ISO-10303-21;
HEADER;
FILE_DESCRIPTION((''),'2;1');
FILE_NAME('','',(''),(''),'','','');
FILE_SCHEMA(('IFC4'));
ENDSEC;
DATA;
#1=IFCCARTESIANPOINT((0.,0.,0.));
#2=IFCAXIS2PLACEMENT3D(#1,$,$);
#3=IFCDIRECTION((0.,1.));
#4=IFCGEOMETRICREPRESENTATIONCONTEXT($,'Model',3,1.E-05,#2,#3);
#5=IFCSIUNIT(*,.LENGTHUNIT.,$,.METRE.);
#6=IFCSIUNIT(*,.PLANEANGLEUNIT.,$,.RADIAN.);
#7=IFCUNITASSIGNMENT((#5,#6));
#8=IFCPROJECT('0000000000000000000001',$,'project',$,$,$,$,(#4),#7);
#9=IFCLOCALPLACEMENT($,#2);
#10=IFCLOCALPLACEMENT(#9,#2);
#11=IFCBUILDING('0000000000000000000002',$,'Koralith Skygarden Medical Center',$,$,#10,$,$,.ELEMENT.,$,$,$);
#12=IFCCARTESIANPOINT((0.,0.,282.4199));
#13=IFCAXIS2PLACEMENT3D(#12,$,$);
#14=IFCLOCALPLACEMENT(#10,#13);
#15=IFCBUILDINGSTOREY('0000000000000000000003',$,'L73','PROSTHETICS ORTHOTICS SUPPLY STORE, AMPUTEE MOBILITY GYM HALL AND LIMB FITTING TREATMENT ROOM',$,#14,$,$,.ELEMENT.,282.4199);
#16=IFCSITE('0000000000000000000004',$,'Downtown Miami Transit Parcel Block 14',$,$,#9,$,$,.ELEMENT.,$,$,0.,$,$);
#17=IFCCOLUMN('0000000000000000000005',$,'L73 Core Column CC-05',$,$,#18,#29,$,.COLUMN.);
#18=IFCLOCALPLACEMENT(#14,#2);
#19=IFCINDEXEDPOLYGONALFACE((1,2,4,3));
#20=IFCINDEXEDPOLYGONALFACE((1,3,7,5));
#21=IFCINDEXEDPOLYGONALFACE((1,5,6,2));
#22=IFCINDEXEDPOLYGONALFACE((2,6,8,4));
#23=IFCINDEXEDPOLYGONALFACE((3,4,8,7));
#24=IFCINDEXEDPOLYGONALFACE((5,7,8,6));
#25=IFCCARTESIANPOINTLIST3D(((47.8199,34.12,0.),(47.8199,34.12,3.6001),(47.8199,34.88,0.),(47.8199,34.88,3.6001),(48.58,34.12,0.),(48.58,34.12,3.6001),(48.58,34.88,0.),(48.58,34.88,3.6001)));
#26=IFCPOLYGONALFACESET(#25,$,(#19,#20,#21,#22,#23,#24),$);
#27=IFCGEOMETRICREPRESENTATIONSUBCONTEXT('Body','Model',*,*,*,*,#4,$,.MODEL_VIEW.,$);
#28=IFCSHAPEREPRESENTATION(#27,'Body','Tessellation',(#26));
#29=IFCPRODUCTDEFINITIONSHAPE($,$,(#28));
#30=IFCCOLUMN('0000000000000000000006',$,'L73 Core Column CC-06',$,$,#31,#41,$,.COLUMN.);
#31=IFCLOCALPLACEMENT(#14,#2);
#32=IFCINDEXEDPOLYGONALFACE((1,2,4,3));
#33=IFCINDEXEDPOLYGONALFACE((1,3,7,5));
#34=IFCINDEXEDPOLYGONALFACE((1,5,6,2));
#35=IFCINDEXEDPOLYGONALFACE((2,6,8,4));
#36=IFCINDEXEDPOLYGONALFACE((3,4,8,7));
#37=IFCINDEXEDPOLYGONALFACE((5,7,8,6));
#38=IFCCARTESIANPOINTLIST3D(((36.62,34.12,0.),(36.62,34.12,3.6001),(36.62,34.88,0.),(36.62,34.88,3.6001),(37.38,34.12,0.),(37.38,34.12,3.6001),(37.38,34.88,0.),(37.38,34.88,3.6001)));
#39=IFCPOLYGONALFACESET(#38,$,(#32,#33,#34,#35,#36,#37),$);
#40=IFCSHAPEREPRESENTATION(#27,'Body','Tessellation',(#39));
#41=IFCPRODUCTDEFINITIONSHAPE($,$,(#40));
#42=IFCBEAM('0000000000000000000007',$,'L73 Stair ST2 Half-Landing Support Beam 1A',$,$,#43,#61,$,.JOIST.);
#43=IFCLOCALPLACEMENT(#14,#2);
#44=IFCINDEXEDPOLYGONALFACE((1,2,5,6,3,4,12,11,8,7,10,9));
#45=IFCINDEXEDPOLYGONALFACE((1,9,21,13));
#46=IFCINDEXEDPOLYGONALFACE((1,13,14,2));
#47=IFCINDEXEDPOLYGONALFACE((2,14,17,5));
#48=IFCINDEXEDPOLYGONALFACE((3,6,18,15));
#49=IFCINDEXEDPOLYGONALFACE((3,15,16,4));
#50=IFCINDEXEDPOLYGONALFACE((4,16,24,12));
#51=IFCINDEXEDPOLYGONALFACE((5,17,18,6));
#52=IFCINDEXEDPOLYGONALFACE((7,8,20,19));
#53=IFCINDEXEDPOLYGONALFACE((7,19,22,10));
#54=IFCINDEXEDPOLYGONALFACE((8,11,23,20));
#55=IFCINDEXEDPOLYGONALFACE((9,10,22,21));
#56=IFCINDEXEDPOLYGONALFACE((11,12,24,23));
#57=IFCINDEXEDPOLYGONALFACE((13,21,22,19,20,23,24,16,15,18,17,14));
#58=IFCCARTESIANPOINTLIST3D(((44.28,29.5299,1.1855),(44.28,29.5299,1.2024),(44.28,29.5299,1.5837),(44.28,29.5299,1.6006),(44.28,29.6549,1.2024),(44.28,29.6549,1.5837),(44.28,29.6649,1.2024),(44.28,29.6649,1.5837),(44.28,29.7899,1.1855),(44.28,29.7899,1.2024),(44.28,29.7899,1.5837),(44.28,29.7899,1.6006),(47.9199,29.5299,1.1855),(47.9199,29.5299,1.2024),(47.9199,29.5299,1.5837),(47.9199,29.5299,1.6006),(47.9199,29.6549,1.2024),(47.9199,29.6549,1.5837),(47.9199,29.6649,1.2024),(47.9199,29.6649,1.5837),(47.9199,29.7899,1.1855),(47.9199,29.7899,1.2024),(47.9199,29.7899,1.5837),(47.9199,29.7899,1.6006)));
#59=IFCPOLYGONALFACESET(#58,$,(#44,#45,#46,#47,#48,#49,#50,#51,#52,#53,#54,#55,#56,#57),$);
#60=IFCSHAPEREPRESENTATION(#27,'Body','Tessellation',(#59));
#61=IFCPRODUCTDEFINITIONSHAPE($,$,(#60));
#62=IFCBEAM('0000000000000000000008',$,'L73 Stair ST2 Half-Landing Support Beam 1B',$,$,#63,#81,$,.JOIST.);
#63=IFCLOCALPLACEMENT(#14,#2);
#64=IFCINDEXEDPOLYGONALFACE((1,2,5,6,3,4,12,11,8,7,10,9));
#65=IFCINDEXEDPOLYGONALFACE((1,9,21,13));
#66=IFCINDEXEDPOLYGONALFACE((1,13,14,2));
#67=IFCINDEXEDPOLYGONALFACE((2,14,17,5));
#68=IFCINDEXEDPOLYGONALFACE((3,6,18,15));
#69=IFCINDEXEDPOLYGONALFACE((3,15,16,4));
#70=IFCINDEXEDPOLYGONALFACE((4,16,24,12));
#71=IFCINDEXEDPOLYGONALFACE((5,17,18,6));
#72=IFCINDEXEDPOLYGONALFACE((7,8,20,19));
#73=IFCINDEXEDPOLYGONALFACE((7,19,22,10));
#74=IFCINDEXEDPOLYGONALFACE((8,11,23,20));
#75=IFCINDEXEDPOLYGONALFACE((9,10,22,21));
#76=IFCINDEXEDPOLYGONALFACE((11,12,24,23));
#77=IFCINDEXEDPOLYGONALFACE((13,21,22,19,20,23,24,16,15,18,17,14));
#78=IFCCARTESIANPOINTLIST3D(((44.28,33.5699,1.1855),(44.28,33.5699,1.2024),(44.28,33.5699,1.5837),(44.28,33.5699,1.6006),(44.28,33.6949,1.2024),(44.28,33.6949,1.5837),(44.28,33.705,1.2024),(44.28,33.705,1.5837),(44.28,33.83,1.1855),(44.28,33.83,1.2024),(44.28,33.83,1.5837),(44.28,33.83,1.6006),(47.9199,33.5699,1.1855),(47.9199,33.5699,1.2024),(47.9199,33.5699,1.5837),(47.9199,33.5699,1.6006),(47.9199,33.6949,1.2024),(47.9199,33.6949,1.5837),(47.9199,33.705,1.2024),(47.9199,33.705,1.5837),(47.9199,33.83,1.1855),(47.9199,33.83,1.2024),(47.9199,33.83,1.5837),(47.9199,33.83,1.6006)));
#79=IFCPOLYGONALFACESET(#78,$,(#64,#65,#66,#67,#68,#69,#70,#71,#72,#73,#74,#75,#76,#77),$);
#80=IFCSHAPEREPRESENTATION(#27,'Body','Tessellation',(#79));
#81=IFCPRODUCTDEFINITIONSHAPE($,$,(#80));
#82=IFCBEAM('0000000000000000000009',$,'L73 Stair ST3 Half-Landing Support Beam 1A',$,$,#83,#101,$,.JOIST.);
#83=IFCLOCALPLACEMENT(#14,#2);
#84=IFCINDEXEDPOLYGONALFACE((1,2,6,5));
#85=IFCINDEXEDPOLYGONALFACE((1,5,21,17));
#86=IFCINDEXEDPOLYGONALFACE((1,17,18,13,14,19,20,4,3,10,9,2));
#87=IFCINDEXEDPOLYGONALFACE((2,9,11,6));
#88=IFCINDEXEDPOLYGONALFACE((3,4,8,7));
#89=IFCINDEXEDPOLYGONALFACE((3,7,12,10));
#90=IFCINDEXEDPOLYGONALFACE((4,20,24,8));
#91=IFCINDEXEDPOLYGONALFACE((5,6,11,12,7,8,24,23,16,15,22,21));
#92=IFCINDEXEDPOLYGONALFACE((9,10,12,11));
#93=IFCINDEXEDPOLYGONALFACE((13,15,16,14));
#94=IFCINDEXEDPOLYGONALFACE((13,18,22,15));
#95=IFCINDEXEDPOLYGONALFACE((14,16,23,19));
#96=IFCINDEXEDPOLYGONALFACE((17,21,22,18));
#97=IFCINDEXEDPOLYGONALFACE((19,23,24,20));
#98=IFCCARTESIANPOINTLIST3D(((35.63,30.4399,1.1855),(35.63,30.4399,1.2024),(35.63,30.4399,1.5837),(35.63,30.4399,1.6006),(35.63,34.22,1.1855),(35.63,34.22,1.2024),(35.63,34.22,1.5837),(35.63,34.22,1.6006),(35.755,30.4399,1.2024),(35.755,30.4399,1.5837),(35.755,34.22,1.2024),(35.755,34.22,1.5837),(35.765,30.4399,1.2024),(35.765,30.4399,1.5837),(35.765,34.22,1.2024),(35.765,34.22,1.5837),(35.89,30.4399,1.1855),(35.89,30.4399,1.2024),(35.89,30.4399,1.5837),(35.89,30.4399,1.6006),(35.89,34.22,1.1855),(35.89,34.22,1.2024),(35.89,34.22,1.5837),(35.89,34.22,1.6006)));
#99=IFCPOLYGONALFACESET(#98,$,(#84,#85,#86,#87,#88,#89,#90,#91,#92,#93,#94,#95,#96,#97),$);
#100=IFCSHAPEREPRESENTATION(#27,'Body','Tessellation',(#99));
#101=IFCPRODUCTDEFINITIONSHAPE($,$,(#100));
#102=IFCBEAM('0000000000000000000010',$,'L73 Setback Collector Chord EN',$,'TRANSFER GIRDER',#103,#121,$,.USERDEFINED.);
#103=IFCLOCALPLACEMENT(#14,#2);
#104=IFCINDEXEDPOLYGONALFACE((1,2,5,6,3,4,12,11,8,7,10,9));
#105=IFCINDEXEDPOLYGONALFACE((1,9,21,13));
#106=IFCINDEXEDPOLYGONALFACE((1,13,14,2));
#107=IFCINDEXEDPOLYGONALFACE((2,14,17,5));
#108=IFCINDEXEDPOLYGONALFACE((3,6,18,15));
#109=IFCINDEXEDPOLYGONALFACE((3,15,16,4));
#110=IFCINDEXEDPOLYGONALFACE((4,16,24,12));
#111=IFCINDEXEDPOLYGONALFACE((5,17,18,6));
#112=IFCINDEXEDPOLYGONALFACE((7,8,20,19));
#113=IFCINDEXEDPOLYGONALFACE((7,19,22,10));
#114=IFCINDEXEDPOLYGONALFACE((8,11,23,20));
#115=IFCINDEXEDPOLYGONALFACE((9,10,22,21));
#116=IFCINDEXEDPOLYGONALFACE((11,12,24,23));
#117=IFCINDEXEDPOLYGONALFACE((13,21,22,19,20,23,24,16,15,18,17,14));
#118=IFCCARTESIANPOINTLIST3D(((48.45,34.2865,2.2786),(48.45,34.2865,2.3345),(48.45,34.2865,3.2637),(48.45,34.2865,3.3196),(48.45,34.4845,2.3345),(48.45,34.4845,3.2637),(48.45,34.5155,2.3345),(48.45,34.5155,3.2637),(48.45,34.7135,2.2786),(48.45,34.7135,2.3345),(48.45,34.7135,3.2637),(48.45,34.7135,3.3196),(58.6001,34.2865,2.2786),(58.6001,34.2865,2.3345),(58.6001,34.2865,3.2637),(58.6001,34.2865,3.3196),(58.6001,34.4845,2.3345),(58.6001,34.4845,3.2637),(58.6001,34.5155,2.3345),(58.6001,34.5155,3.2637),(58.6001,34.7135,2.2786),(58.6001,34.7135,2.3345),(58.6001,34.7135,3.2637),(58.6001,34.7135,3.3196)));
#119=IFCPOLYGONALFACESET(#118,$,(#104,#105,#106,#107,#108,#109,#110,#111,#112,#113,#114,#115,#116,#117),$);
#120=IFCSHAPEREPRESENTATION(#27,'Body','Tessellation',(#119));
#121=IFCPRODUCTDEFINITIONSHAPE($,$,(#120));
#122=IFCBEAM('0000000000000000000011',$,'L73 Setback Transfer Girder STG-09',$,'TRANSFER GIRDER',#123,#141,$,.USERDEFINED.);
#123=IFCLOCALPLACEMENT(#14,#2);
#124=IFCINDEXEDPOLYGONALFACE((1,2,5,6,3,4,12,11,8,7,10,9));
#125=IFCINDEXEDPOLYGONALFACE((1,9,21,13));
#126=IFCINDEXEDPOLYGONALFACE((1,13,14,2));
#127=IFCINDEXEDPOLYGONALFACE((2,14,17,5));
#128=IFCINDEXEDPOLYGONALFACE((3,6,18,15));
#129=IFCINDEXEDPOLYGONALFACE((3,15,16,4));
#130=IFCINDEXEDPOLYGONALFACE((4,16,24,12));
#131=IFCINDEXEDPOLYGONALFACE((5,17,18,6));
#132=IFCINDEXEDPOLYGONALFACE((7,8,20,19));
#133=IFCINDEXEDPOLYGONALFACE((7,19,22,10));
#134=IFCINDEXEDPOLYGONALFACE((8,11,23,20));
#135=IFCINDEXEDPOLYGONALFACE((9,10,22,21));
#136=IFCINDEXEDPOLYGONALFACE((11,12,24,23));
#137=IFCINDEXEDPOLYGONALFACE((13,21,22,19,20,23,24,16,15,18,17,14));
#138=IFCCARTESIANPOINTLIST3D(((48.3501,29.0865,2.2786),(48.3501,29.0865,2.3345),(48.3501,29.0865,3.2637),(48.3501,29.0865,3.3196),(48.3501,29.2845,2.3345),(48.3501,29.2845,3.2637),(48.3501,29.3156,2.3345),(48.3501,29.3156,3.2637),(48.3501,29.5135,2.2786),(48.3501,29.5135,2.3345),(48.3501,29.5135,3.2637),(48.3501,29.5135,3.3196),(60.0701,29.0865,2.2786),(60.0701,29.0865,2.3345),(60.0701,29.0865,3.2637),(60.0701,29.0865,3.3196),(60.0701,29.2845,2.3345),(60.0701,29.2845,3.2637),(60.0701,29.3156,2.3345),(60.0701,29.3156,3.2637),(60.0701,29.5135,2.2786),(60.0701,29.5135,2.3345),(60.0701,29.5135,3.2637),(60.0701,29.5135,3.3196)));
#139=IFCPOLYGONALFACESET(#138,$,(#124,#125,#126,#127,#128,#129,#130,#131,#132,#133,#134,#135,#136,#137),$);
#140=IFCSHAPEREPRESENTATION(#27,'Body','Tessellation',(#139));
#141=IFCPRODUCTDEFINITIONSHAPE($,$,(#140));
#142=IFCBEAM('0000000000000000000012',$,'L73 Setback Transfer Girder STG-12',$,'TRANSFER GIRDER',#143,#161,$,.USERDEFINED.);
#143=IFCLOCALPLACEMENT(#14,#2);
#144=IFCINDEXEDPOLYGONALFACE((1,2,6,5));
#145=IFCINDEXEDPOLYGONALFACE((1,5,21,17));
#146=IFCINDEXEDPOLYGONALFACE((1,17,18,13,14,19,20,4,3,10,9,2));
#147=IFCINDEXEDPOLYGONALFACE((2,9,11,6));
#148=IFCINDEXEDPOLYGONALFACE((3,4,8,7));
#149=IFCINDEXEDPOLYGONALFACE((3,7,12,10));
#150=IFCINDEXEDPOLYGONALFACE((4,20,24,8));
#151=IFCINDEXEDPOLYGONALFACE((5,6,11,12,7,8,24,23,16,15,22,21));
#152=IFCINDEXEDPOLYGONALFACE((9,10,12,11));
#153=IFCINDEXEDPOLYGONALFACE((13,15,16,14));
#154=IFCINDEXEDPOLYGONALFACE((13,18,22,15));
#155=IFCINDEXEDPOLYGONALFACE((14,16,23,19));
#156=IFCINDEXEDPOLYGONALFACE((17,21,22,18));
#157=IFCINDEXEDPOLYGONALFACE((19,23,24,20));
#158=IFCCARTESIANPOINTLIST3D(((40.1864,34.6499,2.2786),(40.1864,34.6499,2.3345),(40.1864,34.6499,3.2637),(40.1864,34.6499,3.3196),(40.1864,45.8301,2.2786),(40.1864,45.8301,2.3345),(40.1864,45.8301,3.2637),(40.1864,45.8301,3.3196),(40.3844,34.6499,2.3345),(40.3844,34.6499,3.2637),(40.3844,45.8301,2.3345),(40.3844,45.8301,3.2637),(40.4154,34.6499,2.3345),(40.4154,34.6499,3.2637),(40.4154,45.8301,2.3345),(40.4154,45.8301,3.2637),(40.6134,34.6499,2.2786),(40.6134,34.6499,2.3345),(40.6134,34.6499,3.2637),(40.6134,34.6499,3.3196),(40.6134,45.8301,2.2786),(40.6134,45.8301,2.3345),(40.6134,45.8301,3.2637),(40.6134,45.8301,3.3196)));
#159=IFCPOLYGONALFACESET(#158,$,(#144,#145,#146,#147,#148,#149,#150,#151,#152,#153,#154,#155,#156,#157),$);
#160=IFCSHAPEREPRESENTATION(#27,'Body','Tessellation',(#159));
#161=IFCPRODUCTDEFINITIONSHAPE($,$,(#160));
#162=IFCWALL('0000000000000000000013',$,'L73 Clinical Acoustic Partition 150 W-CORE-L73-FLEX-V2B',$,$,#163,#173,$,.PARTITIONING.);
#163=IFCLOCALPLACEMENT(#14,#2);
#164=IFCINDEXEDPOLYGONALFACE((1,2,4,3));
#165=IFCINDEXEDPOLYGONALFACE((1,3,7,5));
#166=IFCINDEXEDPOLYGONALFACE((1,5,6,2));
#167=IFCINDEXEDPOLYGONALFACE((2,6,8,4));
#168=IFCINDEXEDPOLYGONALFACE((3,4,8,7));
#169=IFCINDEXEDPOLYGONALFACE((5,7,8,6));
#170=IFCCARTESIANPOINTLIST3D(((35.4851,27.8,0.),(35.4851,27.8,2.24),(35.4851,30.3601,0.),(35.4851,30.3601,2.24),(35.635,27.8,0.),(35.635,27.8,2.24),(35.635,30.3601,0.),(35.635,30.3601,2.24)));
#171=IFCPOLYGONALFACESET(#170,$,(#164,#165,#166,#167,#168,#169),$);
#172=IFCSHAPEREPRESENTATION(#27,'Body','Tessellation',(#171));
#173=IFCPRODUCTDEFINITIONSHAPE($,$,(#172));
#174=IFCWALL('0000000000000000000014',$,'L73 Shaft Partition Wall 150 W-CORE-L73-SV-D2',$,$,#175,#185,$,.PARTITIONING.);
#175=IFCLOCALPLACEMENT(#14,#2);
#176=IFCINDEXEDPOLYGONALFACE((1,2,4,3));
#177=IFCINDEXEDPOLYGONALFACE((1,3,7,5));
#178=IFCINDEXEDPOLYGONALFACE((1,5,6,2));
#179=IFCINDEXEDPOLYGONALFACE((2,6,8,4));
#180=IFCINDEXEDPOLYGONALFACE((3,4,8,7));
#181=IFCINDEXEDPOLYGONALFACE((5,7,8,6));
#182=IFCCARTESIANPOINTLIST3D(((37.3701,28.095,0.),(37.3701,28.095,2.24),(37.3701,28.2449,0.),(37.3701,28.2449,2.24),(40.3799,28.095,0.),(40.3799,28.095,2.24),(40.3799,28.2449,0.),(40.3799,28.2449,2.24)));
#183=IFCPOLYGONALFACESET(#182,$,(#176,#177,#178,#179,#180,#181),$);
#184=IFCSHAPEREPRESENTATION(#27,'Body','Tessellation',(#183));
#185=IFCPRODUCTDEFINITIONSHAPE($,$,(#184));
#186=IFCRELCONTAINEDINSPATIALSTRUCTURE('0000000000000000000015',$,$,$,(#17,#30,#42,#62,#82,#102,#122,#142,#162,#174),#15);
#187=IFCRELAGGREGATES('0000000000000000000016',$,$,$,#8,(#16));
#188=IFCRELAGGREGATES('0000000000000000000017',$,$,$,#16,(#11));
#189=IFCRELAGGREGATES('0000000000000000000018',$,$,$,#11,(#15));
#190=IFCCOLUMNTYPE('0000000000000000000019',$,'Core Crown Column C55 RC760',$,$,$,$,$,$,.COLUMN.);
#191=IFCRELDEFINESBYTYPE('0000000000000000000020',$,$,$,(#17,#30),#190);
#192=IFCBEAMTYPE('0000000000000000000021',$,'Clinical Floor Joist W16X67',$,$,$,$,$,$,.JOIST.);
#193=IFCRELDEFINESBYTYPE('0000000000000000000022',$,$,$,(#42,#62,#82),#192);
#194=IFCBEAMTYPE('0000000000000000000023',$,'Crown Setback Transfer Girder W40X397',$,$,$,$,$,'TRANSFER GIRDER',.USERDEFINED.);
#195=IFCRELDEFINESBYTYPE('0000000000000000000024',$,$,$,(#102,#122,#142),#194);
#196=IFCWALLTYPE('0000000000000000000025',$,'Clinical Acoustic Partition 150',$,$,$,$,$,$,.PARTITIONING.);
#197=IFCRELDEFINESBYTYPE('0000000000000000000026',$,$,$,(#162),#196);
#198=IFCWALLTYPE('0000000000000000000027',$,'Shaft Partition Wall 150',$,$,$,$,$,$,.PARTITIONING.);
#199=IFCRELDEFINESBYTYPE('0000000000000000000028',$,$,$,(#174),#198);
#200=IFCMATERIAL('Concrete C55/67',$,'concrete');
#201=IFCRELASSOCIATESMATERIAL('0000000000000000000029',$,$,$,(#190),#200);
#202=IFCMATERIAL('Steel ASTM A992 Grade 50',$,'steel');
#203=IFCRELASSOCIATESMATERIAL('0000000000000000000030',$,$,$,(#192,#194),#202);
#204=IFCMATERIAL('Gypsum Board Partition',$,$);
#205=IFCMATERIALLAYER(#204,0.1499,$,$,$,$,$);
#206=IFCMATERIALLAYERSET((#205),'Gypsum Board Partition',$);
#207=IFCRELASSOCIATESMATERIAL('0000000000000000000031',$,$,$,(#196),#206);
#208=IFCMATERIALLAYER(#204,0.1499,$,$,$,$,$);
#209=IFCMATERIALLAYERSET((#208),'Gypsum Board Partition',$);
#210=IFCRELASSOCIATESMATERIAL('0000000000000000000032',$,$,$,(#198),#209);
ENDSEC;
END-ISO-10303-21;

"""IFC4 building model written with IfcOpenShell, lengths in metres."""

from ifc_helpers import new_model, si_unit, direction, frame, frame_2d, origin, origin_2d, place, context, subcontext, project, spatial, rectangle, i_section, extrude, material, layer, layer_set, material_profile, profile_set, type_object, element, save


model = new_model("IFC4")

# Units and contexts
model_context = context("Model", 3, precision=1e-05, world=origin(), true_north=direction((0.0, 1.0)))
body_context = subcontext(model_context, "Body", "Model", "MODEL_VIEW")
ifc_project = project(units=[si_unit("LENGTHUNIT", "METRE"), si_unit("PLANEANGLEUNIT", "RADIAN")], contexts=[model_context])

# Site, building, storey
site_placement = place(None, origin())
site = spatial("IfcSite", under=ifc_project, at=site_placement, Name="Downtown Miami Transit Parcel Block 14", CompositionType="ELEMENT", RefElevation=0.0)
building_placement = place(site_placement, origin())
building = spatial("IfcBuilding", under=site, at=building_placement, Name="Koralith Skygarden Medical Center", CompositionType="ELEMENT")
storey_placement = place(building_placement, frame((0.0, 0.0, 282.4199)))
storey = spatial("IfcBuildingStorey", under=building, at=storey_placement, Name="L73", Description="PROSTHETICS ORTHOTICS SUPPLY STORE, AMPUTEE MOBILITY GYM HALL AND LIMB FITTING TREATMENT ROOM", CompositionType="ELEMENT", Elevation=282.4199)

# Columns
ifc_material_1 = material(Name="Concrete C55/67", Category="concrete")
ifc_material_profile_1 = material_profile(ifc_material_1, rectangle(XDim=0.76, YDim=0.76, at=origin_2d()), Name="RC760X760")
ifc_profile_set_1 = profile_set([ifc_material_profile_1], Name="Concrete C55/67")
column_type = type_object("IfcColumnType", Name="Core Crown Column C55 RC760", PredefinedType="COLUMN", material=ifc_profile_set_1)
for number, where, z_axis, x_axis, name in (
    (1, (48.2, 34.5, 0.0), (0.0, 0.0, 1.0), (1.0, 0.0, 0.0), "L73 Core Column CC-05"),
    (2, (37.0, 34.5, 0.0), (0.0, 0.0, 1.0), (1.0, 0.0, 0.0), "L73 Core Column CC-06"),
):
    element("IfcColumn", number, at=place(storey_placement, frame(where, z_axis=z_axis, x_axis=x_axis)), inside=storey, type_object=column_type, Name=name, PredefinedType="COLUMN", context=body_context, shape_type="SweptSolid", body=[
        extrude(rectangle(XDim=0.76, YDim=0.76, at=origin_2d()), origin(), (0.0, 0.0, 1.0), 3.6001),
    ])

# Beams
ifc_material_2 = material(Name="Steel ASTM A992 Grade 50", Category="steel")
ifc_material_profile_2 = material_profile(ifc_material_2, i_section(OverallWidth=0.26, OverallDepth=0.415, WebThickness=0.01, FlangeThickness=0.0168, at=origin_2d()), Name="W16X67")
ifc_profile_set_2 = profile_set([ifc_material_profile_2], Name="Steel ASTM A992 Grade 50")
beam_type_1 = type_object("IfcBeamType", Name="Clinical Floor Joist W16X67", PredefinedType="JOIST", material=ifc_profile_set_2)
for number, where, z_axis, x_axis, name in (
    (3, (44.28, 29.6599, 1.3931), (1.0, 0.0, 0.0), (0.0, 1.0, 0.0), "L73 Stair ST2 Half-Landing Support Beam 1A"),
    (4, (44.28, 33.7, 1.3931), (1.0, 0.0, 0.0), (0.0, 1.0, 0.0), "L73 Stair ST2 Half-Landing Support Beam 1B"),
):
    element("IfcBeam", number, at=place(storey_placement, frame(where, z_axis=z_axis, x_axis=x_axis)), inside=storey, type_object=beam_type_1, Name=name, PredefinedType="JOIST", context=body_context, shape_type="SweptSolid", body=[
        extrude(i_section(OverallWidth=0.26, OverallDepth=0.415, WebThickness=0.01, FlangeThickness=0.0168, at=origin_2d()), origin(), (0.0, 0.0, 1.0), 3.6399),
    ])
beam_1_placement = place(storey_placement, frame((35.76, 30.4399, 1.3931), z_axis=(0.0, 1.0, 0.0), x_axis=(-1.0, 0.0, 0.0)))
element("IfcBeam", 5, at=beam_1_placement, inside=storey, type_object=beam_type_1, Name="L73 Stair ST3 Half-Landing Support Beam 1A", PredefinedType="JOIST", context=body_context, shape_type="SweptSolid", body=[
    extrude(i_section(OverallWidth=0.26, OverallDepth=0.415, WebThickness=0.01, FlangeThickness=0.0168, at=origin_2d()), origin(), (0.0, 0.0, 1.0), 3.78),
])
ifc_material_profile_3 = material_profile(ifc_material_2, i_section(OverallWidth=0.427, OverallDepth=1.041, WebThickness=0.031, FlangeThickness=0.0559, at=origin_2d()), Name="W40X397")
ifc_profile_set_3 = profile_set([ifc_material_profile_3], Name="Steel ASTM A992 Grade 50")
beam_type_2 = type_object("IfcBeamType", Name="Crown Setback Transfer Girder W40X397", ElementType="TRANSFER GIRDER", PredefinedType="USERDEFINED", material=ifc_profile_set_3)
beam_2_placement = place(storey_placement, frame((48.45, 34.5, 2.7991), z_axis=(1.0, 0.0, 0.0), x_axis=(0.0, 1.0, 0.0)))
element("IfcBeam", 6, at=beam_2_placement, inside=storey, type_object=beam_type_2, Name="L73 Setback Collector Chord EN", ObjectType="TRANSFER GIRDER", PredefinedType="USERDEFINED", context=body_context, shape_type="SweptSolid", body=[
    extrude(i_section(OverallWidth=0.427, OverallDepth=1.041, WebThickness=0.031, FlangeThickness=0.0559, at=origin_2d()), origin(), (0.0, 0.0, 1.0), 10.1501),
])
beam_3_placement = place(storey_placement, frame((48.3501, 29.3, 2.7991), z_axis=(1.0, 0.0, 0.0), x_axis=(0.0, 1.0, 0.0)))
element("IfcBeam", 7, at=beam_3_placement, inside=storey, type_object=beam_type_2, Name="L73 Setback Transfer Girder STG-09", ObjectType="TRANSFER GIRDER", PredefinedType="USERDEFINED", context=body_context, shape_type="SweptSolid", body=[
    extrude(i_section(OverallWidth=0.427, OverallDepth=1.041, WebThickness=0.031, FlangeThickness=0.0559, at=origin_2d()), origin(), (0.0, 0.0, 1.0), 11.72),
])
beam_4_placement = place(storey_placement, frame((40.3999, 34.6499, 2.7991), z_axis=(0.0, 1.0, 0.0), x_axis=(-1.0, 0.0, 0.0)))
element("IfcBeam", 8, at=beam_4_placement, inside=storey, type_object=beam_type_2, Name="L73 Setback Transfer Girder STG-12", ObjectType="TRANSFER GIRDER", PredefinedType="USERDEFINED", context=body_context, shape_type="SweptSolid", body=[
    extrude(i_section(OverallWidth=0.427, OverallDepth=1.041, WebThickness=0.031, FlangeThickness=0.0559, at=origin_2d()), origin(), (0.0, 0.0, 1.0), 11.1802),
])

# Walls
ifc_material_3 = material(Name="Gypsum Board Partition")
ifc_layer_1 = layer(ifc_material_3, 0.1499)
ifc_layer_set_1 = layer_set([ifc_layer_1], Name="Gypsum Board Partition")
wall_type_1 = type_object("IfcWallType", Name="Clinical Acoustic Partition 150", PredefinedType="PARTITIONING", material=ifc_layer_set_1)
wall_1_placement = place(storey_placement, frame((35.5601, 27.8, 0.0), z_axis=(0.0, 0.0, 1.0), x_axis=(0.0, 1.0, 0.0)))
element("IfcWall", 9, at=wall_1_placement, inside=storey, type_object=wall_type_1, Name="L73 Clinical Acoustic Partition 150 W-CORE-L73-FLEX-V2B", PredefinedType="PARTITIONING", context=body_context, shape_type="SweptSolid", body=[
    extrude(rectangle(XDim=2.5601, YDim=0.1499, at=frame_2d((1.28, 0.0))), origin(), (0.0, 0.0, 1.0), 2.24),
])
ifc_layer_2 = layer(ifc_material_3, 0.1499)
ifc_layer_set_2 = layer_set([ifc_layer_2], Name="Gypsum Board Partition")
wall_type_2 = type_object("IfcWallType", Name="Shaft Partition Wall 150", PredefinedType="PARTITIONING", material=ifc_layer_set_2)
wall_2_placement = place(storey_placement, frame((37.3701, 28.1699, 0.0), z_axis=(0.0, 0.0, 1.0), x_axis=(1.0, 0.0, 0.0)))
element("IfcWall", 10, at=wall_2_placement, inside=storey, type_object=wall_type_2, Name="L73 Shaft Partition Wall 150 W-CORE-L73-SV-D2", PredefinedType="PARTITIONING", context=body_context, shape_type="SweptSolid", body=[
    extrude(rectangle(XDim=3.0098, YDim=0.1499, at=frame_2d((1.5049, 0.0))), origin(), (0.0, 0.0, 1.0), 2.24),
])

save(model, "model.ifc")
